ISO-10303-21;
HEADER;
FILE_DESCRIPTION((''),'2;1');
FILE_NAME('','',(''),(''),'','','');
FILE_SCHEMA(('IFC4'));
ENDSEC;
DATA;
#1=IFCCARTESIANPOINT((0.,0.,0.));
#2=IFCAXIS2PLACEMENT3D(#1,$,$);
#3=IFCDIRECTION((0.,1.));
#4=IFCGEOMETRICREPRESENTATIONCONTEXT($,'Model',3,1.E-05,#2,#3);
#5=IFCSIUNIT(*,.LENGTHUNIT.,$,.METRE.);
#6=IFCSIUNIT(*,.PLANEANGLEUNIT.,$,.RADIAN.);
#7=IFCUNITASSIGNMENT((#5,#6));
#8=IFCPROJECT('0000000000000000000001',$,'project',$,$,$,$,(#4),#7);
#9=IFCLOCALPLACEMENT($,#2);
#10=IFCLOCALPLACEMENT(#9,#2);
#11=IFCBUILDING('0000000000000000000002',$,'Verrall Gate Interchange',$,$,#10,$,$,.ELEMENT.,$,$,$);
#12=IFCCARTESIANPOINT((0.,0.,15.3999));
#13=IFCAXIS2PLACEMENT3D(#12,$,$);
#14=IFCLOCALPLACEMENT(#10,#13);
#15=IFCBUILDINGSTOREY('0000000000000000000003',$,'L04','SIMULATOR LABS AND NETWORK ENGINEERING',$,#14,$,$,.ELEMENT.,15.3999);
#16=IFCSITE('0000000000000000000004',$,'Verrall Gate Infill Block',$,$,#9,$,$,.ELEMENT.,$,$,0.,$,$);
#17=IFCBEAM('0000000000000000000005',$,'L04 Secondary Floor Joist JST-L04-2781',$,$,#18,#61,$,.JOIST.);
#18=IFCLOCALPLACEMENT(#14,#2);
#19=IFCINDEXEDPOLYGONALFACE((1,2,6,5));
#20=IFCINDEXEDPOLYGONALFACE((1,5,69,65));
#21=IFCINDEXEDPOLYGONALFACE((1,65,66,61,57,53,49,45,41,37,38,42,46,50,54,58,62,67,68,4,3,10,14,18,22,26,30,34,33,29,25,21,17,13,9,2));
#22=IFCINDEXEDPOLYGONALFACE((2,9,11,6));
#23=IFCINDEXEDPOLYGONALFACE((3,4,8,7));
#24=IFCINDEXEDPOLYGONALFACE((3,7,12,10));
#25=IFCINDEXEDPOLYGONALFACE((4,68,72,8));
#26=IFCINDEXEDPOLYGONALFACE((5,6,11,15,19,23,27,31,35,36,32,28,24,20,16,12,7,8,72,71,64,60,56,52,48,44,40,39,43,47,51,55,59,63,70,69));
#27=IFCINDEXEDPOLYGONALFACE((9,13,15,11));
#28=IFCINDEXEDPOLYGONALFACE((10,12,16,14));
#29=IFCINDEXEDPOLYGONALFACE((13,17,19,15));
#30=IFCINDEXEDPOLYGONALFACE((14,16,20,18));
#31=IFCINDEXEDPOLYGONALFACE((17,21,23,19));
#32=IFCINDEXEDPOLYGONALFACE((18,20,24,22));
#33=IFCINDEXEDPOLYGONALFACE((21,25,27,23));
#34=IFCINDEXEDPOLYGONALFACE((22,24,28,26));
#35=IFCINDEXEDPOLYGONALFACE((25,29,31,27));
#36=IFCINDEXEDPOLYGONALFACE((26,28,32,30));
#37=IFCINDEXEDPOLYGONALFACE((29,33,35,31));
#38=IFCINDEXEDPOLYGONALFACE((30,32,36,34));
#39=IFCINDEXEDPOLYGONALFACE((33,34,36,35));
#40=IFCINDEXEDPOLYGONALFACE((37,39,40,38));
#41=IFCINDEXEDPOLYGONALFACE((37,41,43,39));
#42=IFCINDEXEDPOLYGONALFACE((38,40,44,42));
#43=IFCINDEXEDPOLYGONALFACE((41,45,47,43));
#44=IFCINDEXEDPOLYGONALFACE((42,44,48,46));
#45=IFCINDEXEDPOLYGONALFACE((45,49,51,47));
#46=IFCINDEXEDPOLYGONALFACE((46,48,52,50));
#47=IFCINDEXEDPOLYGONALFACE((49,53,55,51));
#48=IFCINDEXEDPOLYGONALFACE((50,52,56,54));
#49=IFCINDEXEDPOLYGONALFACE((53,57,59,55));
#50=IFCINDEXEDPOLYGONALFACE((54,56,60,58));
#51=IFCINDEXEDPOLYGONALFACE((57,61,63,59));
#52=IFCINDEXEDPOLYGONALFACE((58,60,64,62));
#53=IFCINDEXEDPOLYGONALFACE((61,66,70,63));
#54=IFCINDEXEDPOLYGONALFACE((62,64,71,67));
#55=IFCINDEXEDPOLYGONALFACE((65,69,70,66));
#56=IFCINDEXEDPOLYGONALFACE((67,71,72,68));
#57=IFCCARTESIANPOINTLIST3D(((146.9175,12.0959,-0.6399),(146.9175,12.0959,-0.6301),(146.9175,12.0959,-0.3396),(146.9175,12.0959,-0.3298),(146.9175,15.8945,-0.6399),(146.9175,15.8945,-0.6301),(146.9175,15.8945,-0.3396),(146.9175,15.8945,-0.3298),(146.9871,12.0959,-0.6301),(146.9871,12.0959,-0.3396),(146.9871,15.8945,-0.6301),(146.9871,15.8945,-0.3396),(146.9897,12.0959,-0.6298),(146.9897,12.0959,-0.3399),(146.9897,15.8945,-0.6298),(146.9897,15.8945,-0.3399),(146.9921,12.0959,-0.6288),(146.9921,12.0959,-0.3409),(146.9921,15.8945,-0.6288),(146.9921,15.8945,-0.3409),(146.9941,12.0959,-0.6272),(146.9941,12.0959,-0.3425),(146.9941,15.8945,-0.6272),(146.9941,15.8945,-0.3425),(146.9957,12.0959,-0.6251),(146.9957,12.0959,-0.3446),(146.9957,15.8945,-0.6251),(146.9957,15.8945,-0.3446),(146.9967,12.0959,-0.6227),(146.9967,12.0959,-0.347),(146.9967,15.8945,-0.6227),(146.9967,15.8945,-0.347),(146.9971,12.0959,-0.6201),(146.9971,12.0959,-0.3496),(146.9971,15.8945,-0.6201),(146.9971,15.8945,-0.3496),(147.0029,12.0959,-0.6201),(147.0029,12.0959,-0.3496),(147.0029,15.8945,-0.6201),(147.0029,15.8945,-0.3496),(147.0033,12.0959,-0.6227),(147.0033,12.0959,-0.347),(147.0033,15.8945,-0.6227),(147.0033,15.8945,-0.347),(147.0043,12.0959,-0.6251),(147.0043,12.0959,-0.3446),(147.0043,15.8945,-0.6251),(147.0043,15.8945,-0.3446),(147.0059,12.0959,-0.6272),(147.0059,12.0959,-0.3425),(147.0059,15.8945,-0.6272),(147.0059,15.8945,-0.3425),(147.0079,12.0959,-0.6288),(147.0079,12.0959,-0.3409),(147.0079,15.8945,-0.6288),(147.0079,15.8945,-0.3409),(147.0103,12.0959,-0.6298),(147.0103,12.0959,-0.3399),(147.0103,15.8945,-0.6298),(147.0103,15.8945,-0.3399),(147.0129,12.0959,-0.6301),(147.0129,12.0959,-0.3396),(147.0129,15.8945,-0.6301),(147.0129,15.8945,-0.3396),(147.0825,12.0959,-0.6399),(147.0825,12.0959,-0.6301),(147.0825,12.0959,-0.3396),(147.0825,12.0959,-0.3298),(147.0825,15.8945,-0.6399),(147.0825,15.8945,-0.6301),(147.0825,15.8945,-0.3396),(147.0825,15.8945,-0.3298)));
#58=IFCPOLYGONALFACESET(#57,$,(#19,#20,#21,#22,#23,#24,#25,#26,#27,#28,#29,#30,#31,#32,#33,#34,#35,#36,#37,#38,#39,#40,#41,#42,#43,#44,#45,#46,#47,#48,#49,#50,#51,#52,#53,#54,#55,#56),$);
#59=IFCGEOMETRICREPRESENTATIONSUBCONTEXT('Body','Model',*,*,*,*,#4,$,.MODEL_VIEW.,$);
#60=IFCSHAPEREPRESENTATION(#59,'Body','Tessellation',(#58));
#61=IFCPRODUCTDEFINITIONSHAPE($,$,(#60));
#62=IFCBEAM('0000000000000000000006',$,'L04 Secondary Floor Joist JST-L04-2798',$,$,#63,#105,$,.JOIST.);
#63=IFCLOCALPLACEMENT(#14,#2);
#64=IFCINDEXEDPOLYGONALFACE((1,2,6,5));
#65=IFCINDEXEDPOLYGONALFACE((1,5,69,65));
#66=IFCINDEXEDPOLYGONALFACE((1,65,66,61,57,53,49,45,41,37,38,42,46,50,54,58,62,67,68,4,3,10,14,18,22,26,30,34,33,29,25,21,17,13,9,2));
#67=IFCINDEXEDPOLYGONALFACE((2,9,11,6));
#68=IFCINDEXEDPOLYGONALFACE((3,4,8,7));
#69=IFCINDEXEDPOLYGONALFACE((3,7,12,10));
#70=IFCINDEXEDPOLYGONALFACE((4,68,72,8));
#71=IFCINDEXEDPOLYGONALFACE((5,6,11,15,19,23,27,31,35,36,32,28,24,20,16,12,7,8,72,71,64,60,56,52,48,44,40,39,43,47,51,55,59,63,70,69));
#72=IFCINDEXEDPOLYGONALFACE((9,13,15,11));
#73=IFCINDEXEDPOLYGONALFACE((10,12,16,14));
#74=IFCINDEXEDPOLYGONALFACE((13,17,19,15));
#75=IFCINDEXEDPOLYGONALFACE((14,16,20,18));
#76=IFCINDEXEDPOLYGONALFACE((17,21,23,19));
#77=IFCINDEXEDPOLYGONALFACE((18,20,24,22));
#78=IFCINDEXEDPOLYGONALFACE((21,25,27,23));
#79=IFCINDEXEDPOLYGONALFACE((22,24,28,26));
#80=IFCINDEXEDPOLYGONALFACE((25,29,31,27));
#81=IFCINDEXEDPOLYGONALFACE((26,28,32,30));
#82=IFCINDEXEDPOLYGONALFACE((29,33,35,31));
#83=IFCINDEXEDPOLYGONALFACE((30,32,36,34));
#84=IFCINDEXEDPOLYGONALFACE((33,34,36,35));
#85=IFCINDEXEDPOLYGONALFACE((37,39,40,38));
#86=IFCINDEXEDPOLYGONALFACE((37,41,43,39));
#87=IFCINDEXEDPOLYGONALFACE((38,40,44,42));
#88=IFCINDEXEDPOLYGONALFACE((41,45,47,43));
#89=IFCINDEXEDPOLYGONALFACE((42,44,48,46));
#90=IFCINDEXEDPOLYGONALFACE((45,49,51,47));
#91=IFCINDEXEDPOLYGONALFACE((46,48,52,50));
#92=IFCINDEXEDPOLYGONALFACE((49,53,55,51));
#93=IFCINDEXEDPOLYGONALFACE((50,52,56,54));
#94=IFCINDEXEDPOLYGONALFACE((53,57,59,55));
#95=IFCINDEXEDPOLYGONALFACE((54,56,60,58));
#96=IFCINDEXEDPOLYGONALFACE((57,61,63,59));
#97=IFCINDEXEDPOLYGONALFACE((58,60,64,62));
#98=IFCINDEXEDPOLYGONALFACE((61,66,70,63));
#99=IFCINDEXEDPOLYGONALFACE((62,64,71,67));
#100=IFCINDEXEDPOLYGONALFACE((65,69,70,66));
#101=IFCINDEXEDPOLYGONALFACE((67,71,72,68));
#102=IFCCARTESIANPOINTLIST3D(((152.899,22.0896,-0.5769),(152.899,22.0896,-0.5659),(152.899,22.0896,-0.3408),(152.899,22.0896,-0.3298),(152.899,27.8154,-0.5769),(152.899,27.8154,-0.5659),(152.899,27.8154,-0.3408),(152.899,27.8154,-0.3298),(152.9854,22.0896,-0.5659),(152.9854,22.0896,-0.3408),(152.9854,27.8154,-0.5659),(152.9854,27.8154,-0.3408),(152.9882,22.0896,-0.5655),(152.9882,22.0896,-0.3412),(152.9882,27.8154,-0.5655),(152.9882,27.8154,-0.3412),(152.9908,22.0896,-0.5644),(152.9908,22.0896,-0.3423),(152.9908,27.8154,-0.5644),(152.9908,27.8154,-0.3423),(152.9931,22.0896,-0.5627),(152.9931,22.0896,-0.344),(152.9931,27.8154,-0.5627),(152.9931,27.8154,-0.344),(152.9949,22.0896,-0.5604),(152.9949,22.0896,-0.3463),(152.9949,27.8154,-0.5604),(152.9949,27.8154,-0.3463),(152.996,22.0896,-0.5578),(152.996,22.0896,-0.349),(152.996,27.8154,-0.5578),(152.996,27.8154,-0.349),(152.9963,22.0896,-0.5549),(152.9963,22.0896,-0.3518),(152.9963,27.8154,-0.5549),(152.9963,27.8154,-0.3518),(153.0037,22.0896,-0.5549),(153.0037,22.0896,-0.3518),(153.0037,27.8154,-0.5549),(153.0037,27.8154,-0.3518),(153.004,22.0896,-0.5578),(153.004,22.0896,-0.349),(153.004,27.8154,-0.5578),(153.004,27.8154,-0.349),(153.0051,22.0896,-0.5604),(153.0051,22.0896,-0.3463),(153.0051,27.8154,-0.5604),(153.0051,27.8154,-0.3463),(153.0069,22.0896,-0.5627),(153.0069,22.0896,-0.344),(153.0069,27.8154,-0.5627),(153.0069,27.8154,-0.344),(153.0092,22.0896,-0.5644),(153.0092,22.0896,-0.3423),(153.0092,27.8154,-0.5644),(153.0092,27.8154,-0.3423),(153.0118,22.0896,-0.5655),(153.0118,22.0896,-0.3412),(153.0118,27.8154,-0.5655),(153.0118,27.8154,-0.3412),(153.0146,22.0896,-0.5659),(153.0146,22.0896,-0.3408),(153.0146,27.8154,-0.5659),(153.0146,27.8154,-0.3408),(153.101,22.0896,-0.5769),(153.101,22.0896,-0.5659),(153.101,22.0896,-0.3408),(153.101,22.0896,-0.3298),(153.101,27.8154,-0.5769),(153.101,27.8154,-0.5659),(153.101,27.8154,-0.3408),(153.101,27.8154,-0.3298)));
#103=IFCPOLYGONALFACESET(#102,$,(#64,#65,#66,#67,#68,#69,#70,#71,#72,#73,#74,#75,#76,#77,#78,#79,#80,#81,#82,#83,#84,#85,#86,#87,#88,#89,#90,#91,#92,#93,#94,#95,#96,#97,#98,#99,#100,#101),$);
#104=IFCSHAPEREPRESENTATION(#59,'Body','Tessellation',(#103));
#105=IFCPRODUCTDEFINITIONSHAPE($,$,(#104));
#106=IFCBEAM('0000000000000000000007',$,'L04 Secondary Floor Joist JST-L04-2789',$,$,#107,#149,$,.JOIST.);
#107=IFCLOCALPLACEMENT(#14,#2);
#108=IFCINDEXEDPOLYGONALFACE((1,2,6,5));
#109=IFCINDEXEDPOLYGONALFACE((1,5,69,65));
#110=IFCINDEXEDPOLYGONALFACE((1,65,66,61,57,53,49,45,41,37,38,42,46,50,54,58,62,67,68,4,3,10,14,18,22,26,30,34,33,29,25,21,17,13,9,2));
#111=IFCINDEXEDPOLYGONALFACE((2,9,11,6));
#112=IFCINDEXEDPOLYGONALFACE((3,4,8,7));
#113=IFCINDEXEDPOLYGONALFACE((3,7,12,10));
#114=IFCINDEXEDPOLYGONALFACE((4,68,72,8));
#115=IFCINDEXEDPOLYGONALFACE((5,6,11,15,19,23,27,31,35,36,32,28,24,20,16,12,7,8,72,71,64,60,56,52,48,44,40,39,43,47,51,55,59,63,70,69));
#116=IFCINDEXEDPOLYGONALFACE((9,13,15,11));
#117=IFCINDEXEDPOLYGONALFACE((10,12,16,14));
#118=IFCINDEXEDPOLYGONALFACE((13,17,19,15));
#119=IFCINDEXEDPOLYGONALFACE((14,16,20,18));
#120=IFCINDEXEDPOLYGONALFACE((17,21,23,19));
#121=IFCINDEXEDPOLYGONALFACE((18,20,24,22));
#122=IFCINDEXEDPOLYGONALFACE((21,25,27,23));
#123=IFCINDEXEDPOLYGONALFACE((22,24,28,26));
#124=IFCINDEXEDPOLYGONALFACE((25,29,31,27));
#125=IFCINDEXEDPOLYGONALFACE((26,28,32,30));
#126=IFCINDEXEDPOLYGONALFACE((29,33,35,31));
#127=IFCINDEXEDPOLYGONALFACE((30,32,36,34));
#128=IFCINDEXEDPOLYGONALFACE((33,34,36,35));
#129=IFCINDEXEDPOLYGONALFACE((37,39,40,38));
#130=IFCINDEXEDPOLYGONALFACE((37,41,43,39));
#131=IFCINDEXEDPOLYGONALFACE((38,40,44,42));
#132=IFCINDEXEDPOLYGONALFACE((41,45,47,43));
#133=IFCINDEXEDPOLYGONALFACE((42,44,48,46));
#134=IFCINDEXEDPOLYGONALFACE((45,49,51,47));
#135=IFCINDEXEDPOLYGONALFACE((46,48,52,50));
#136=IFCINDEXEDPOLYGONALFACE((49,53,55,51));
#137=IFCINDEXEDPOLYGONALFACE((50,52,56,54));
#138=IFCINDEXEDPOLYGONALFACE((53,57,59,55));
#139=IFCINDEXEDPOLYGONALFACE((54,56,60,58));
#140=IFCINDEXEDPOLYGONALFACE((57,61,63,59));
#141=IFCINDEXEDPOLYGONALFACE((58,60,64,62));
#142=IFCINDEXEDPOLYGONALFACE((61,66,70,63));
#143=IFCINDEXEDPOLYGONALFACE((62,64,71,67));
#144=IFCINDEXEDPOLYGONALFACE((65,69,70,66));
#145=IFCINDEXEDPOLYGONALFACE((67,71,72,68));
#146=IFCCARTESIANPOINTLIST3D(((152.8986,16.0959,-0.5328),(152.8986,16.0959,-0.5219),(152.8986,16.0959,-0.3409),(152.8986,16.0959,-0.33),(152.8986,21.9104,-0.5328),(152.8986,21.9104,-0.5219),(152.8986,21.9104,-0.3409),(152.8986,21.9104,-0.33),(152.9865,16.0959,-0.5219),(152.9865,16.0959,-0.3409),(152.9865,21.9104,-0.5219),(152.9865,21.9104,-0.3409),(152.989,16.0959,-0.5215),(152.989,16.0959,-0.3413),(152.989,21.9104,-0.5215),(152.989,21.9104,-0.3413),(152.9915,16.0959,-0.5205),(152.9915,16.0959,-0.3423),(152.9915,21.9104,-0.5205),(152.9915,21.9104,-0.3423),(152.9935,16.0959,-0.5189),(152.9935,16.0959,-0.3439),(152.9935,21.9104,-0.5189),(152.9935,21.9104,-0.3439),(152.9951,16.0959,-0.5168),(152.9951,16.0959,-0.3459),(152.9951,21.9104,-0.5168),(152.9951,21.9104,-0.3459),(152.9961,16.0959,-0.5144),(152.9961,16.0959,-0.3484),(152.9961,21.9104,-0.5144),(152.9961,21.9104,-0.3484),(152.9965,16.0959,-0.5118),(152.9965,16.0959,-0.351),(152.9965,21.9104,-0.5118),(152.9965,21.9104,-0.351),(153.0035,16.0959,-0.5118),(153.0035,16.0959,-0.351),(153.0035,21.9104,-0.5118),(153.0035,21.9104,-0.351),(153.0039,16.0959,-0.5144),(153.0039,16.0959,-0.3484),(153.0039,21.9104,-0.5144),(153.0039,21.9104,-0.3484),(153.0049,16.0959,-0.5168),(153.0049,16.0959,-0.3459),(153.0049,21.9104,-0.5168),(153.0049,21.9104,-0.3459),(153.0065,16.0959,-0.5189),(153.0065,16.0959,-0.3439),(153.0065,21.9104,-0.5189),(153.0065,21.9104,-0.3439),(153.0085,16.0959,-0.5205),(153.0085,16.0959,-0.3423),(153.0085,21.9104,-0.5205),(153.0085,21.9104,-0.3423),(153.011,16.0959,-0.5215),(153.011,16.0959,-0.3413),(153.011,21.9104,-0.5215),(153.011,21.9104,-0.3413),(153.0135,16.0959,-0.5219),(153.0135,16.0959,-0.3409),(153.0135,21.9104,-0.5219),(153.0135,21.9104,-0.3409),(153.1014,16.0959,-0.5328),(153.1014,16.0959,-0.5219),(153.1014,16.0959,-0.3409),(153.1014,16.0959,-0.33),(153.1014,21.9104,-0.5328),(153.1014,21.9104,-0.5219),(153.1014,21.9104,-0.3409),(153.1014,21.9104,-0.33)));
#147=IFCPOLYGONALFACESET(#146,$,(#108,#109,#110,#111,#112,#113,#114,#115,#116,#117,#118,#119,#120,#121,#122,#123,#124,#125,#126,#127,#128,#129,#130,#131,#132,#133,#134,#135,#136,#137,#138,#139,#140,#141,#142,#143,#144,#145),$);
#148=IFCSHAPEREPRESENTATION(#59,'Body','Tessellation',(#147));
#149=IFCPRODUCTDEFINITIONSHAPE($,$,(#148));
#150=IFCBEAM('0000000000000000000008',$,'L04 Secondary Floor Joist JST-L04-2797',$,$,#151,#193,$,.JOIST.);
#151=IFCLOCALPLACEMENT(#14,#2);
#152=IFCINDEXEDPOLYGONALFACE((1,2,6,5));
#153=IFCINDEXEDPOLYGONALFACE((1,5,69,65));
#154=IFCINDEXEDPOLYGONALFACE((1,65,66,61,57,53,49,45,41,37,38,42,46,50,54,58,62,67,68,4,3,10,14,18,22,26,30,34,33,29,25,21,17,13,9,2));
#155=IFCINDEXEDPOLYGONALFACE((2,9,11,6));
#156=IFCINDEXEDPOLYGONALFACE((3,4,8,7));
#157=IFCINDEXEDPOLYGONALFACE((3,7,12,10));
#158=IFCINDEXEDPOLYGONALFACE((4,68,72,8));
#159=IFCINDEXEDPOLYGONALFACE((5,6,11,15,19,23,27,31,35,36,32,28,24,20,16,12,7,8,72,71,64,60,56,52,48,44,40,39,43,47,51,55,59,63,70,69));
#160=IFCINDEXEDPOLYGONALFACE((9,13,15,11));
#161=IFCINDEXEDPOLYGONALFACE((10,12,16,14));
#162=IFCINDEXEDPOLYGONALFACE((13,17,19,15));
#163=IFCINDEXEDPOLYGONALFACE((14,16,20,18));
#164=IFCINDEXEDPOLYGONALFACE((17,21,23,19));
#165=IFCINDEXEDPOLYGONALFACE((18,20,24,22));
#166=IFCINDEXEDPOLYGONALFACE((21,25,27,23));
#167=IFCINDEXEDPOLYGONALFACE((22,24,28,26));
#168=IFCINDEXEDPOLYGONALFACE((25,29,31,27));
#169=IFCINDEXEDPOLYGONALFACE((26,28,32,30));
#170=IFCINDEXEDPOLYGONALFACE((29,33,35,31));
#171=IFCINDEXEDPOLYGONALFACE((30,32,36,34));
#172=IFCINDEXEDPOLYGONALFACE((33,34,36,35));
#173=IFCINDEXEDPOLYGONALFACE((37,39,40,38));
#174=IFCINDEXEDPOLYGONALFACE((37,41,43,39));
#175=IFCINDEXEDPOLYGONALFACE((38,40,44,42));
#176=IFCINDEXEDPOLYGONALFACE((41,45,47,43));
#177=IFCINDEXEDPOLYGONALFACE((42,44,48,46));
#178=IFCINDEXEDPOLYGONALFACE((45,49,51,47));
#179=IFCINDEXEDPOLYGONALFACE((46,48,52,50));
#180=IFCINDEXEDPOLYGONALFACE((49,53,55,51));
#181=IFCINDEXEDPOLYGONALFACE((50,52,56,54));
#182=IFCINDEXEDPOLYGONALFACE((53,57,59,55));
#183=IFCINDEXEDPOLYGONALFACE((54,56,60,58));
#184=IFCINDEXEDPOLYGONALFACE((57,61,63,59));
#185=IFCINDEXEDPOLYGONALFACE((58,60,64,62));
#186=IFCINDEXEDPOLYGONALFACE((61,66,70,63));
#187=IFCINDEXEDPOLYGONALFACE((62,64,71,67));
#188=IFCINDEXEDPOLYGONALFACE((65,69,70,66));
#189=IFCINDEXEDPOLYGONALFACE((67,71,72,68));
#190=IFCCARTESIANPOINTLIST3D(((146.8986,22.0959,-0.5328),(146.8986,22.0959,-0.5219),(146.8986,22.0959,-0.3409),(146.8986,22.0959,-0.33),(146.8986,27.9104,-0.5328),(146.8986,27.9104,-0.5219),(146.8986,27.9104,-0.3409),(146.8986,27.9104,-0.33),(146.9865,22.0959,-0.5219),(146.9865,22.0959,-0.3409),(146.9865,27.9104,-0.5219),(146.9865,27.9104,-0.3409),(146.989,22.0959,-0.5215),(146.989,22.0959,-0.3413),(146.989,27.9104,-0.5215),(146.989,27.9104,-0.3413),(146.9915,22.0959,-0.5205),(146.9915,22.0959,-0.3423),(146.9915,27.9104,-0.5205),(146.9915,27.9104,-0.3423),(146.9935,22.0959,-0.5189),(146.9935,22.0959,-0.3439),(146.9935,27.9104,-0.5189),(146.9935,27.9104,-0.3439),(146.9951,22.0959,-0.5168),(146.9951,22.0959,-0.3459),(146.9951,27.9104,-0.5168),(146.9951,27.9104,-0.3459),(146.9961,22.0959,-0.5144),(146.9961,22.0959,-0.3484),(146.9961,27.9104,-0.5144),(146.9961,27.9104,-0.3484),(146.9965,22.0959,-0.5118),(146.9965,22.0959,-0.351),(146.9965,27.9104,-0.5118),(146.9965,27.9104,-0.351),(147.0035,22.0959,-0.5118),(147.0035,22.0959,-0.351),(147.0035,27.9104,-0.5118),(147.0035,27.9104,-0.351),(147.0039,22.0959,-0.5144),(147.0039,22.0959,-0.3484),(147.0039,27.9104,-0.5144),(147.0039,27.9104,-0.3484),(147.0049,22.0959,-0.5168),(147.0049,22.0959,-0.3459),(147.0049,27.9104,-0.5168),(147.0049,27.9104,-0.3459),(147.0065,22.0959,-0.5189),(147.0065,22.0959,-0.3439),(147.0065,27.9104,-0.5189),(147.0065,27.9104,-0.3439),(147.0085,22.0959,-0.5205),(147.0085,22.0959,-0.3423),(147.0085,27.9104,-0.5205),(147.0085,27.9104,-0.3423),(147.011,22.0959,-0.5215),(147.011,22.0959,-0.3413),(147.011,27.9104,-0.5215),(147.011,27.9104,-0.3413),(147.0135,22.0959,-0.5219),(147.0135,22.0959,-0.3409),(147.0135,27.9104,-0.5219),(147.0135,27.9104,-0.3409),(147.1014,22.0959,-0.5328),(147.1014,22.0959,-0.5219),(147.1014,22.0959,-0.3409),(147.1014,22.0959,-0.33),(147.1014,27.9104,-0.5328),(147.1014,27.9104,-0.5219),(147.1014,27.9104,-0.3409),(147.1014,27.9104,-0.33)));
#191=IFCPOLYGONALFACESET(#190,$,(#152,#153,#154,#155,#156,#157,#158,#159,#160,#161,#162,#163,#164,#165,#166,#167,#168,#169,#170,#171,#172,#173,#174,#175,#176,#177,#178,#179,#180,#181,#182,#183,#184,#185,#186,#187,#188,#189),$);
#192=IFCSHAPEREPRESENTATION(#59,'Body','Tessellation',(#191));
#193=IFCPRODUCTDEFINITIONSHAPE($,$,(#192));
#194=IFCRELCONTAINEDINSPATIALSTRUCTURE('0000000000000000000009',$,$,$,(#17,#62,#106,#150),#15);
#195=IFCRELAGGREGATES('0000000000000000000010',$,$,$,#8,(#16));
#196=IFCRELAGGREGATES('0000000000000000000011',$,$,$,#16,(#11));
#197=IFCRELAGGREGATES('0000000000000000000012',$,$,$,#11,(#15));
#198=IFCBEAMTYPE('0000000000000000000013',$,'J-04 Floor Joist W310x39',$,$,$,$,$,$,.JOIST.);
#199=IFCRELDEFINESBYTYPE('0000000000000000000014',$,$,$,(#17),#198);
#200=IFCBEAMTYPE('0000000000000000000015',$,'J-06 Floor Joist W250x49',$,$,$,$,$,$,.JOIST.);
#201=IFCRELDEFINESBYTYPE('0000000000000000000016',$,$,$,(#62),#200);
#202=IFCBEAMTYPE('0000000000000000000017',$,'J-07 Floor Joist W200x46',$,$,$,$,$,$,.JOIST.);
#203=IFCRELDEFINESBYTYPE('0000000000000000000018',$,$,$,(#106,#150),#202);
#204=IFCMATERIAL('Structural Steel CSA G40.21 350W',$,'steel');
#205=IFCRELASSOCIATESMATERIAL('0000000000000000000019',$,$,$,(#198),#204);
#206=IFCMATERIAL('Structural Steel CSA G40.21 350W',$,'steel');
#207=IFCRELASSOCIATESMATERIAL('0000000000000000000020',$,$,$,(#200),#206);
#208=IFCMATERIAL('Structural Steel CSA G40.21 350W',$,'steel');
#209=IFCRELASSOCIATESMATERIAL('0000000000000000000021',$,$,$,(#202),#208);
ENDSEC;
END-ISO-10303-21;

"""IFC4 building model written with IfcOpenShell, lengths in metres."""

from ifc_helpers import new_model, si_unit, direction, frame, origin, origin_2d, place, context, subcontext, project, spatial, i_section, extrude, material, material_profile, profile_set, type_object, element, save


model = new_model("IFC4")

# Units and contexts
model_context = context("Model", 3, precision=1e-05, world=origin(), true_north=direction((0.0, 1.0)))
body_context = subcontext(model_context, "Body", "Model", "MODEL_VIEW")
ifc_project = project(units=[si_unit("LENGTHUNIT", "METRE"), si_unit("PLANEANGLEUNIT", "RADIAN")], contexts=[model_context])

# Site, building, storey
site_placement = place(None, origin())
site = spatial("IfcSite", under=ifc_project, at=site_placement, Name="Verrall Gate Infill Block", CompositionType="ELEMENT", RefElevation=0.0)
building_placement = place(site_placement, origin())
building = spatial("IfcBuilding", under=site, at=building_placement, Name="Verrall Gate Interchange", CompositionType="ELEMENT")
storey_placement = place(building_placement, frame((0.0, 0.0, 15.3999)))
storey = spatial("IfcBuildingStorey", under=building, at=storey_placement, Name="L04", Description="SIMULATOR LABS AND NETWORK ENGINEERING", CompositionType="ELEMENT", Elevation=15.3999)

# Beams
ifc_material_1 = material(Name="Structural Steel CSA G40.21 350W", Category="steel")
ifc_material_profile_1 = material_profile(ifc_material_1, i_section(OverallWidth=0.165, OverallDepth=0.3101, WebThickness=0.0059, FlangeThickness=0.0098, FilletRadius=0.01, at=origin_2d()), Name="W310x39")
ifc_profile_set_1 = profile_set([ifc_material_profile_1], Name="Structural Steel CSA G40.21 350W")
beam_type_1 = type_object("IfcBeamType", Name="J-04 Floor Joist W310x39", PredefinedType="JOIST", material=ifc_profile_set_1)
beam_1_placement = place(storey_placement, frame((147.0, 12.0959, -0.4849), z_axis=(0.0, 1.0, 0.0), x_axis=(-1.0, 0.0, 0.0)))
element("IfcBeam", 1, at=beam_1_placement, inside=storey, type_object=beam_type_1, Name="L04 Secondary Floor Joist JST-L04-2781", PredefinedType="JOIST", context=body_context, shape_type="SweptSolid", body=[
    extrude(i_section(OverallWidth=0.165, OverallDepth=0.3101, WebThickness=0.0059, FlangeThickness=0.0098, FilletRadius=0.01, at=origin_2d()), origin(), (0.0, 0.0, 1.0), 3.7986),
])
ifc_material_2 = material(Name="Structural Steel CSA G40.21 350W", Category="steel")
ifc_material_profile_2 = material_profile(ifc_material_2, i_section(OverallWidth=0.2019, OverallDepth=0.2471, WebThickness=0.0073, FlangeThickness=0.011, FilletRadius=0.011, at=origin_2d()), Name="W250x49")
ifc_profile_set_2 = profile_set([ifc_material_profile_2], Name="Structural Steel CSA G40.21 350W")
beam_type_2 = type_object("IfcBeamType", Name="J-06 Floor Joist W250x49", PredefinedType="JOIST", material=ifc_profile_set_2)
beam_2_placement = place(storey_placement, frame((153.0, 22.0896, -0.4534), z_axis=(0.0, 1.0, 0.0), x_axis=(-1.0, 0.0, 0.0)))
element("IfcBeam", 2, at=beam_2_placement, inside=storey, type_object=beam_type_2, Name="L04 Secondary Floor Joist JST-L04-2798", PredefinedType="JOIST", context=body_context, shape_type="SweptSolid", body=[
    extrude(i_section(OverallWidth=0.2019, OverallDepth=0.2471, WebThickness=0.0073, FlangeThickness=0.011, FilletRadius=0.011, at=origin_2d()), origin(), (0.0, 0.0, 1.0), 5.7258),
])
ifc_material_3 = material(Name="Structural Steel CSA G40.21 350W", Category="steel")
ifc_material_profile_3 = material_profile(ifc_material_3, i_section(OverallWidth=0.2029, OverallDepth=0.2029, WebThickness=0.0071, FlangeThickness=0.011, FilletRadius=0.01, at=origin_2d()), Name="W200x46")
ifc_profile_set_3 = profile_set([ifc_material_profile_3], Name="Structural Steel CSA G40.21 350W")
beam_type_3 = type_object("IfcBeamType", Name="J-07 Floor Joist W200x46", PredefinedType="JOIST", material=ifc_profile_set_3)
for number, where, z_axis, x_axis, name in (
    (3, (153.0, 16.0959, -0.4314), (0.0, 1.0, 0.0), (-1.0, 0.0, 0.0), "L04 Secondary Floor Joist JST-L04-2789"),
    (4, (147.0, 22.0959, -0.4314), (0.0, 1.0, 0.0), (-1.0, 0.0, 0.0), "L04 Secondary Floor Joist JST-L04-2797"),
):
    element("IfcBeam", number, at=place(storey_placement, frame(where, z_axis=z_axis, x_axis=x_axis)), inside=storey, type_object=beam_type_3, Name=name, PredefinedType="JOIST", context=body_context, shape_type="SweptSolid", body=[
        extrude(i_section(OverallWidth=0.2029, OverallDepth=0.2029, WebThickness=0.0071, FlangeThickness=0.011, FilletRadius=0.01, at=origin_2d()), origin(), (0.0, 0.0, 1.0), 5.8145),
    ])

save(model, "model.ifc")
